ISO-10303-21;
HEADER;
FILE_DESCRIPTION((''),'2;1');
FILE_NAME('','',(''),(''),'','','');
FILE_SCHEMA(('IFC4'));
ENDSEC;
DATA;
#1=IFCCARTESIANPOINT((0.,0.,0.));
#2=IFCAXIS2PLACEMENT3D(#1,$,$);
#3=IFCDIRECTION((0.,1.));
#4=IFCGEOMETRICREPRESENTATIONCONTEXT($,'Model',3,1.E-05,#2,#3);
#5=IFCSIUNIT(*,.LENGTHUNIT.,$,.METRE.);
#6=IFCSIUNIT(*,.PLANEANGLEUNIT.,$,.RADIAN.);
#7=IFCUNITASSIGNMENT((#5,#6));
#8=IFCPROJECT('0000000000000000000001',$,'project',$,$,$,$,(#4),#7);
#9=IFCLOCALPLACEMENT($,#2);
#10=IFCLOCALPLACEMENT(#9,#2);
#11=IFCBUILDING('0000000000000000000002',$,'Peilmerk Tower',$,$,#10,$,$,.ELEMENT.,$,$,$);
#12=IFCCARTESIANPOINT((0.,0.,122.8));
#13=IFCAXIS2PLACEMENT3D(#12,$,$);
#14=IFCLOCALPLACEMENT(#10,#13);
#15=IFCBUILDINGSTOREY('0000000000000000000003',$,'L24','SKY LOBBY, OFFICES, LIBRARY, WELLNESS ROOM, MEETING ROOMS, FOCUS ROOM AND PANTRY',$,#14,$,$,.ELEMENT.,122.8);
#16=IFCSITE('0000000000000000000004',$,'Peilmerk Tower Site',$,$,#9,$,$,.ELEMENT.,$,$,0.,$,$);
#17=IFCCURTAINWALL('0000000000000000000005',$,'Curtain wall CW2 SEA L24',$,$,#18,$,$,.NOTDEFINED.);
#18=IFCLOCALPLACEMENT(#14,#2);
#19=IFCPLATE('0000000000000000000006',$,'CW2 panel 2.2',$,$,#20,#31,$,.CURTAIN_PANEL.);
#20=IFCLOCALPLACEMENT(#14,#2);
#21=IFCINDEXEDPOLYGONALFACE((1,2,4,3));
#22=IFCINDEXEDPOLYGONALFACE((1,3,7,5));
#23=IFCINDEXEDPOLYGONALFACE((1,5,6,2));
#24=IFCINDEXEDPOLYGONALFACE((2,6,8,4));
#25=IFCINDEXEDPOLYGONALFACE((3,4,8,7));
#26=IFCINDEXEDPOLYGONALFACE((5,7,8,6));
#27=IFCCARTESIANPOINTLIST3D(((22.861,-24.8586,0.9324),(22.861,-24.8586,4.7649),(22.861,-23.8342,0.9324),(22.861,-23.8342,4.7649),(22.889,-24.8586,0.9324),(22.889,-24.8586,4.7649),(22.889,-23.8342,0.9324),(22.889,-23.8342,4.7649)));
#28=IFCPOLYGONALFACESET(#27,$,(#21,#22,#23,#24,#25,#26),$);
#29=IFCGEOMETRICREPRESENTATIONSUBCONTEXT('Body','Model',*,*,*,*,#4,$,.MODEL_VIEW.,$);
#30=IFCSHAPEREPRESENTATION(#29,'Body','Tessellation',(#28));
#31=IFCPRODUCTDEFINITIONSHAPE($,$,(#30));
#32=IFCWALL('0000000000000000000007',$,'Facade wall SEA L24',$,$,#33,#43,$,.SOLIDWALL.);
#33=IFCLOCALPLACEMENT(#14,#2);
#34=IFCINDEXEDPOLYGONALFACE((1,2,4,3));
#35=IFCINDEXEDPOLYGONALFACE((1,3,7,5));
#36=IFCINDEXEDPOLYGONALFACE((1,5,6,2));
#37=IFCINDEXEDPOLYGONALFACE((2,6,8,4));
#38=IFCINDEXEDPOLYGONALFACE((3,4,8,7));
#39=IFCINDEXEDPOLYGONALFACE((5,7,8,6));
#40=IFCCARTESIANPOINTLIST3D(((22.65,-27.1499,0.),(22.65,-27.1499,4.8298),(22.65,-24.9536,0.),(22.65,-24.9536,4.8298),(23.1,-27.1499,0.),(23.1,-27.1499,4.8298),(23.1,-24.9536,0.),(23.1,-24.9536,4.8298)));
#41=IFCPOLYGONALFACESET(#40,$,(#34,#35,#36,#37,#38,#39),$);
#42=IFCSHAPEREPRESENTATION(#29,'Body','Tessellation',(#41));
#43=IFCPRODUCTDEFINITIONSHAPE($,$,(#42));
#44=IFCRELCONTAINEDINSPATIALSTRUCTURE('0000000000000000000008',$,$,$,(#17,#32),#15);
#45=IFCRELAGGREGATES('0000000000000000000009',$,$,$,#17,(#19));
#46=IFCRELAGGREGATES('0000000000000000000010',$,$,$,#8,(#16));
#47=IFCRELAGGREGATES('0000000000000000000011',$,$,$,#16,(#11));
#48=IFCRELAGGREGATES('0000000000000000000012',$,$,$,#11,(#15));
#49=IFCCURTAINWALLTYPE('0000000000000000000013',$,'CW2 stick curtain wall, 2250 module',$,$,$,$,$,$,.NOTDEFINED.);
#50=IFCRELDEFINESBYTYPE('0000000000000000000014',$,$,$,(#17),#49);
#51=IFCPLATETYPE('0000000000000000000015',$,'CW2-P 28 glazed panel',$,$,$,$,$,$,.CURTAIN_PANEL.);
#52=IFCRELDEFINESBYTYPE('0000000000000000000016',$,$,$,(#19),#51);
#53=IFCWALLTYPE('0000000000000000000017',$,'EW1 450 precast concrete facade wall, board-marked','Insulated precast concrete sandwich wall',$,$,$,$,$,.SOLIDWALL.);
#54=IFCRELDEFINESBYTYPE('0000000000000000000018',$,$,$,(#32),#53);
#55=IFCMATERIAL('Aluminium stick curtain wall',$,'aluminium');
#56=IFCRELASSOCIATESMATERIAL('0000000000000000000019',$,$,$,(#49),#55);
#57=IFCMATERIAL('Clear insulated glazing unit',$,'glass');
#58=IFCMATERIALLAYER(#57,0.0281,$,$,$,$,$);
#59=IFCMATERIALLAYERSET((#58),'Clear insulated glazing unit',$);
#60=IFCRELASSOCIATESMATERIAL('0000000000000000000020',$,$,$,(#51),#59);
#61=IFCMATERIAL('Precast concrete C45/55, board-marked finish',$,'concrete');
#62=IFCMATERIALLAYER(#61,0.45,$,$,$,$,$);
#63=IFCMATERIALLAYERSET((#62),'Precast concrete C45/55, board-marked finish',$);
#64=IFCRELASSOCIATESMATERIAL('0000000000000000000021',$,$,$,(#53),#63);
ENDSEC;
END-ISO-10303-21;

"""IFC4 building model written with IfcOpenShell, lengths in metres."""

from ifc_helpers import new_model, si_unit, direction, frame, frame_2d, origin, origin_2d, place, context, subcontext, project, spatial, rectangle, extrude, material, layer, layer_set, type_object, element, aggregate, save


model = new_model("IFC4")

# Units and contexts
model_context = context("Model", 3, precision=1e-05, world=origin(), true_north=direction((0.0, 1.0)))
body_context = subcontext(model_context, "Body", "Model", "MODEL_VIEW")
ifc_project = project(units=[si_unit("LENGTHUNIT", "METRE"), si_unit("PLANEANGLEUNIT", "RADIAN")], contexts=[model_context])

# Site, building, storey
site_placement = place(None, origin())
site = spatial("IfcSite", under=ifc_project, at=site_placement, Name="Peilmerk Tower Site", CompositionType="ELEMENT", RefElevation=0.0)
building_placement = place(site_placement, origin())
building = spatial("IfcBuilding", under=site, at=building_placement, Name="Peilmerk Tower", CompositionType="ELEMENT")
storey_placement = place(building_placement, frame((0.0, 0.0, 122.8)))
storey = spatial("IfcBuildingStorey", under=building, at=storey_placement, Name="L24", Description="SKY LOBBY, OFFICES, LIBRARY, WELLNESS ROOM, MEETING ROOMS, FOCUS ROOM AND PANTRY", CompositionType="ELEMENT", Elevation=122.8)

# Curtain wall, plate
ifc_material_1 = material(Name="Aluminium stick curtain wall", Category="aluminium")
curtain_wall_type = type_object("IfcCurtainWallType", Name="CW2 stick curtain wall, 2250 module", PredefinedType="NOTDEFINED", material=ifc_material_1)
curtain_wall_placement = place(storey_placement, origin())
curtain_wall = element("IfcCurtainWall", 1, at=curtain_wall_placement, inside=storey, type_object=curtain_wall_type, Name="Curtain wall CW2 SEA L24", PredefinedType="NOTDEFINED")
ifc_material_2 = material(Name="Clear insulated glazing unit", Category="glass")
ifc_layer_1 = layer(ifc_material_2, 0.0281)
ifc_layer_set_1 = layer_set([ifc_layer_1], Name="Clear insulated glazing unit")
plate_type = type_object("IfcPlateType", Name="CW2-P 28 glazed panel", PredefinedType="CURTAIN_PANEL", material=ifc_layer_set_1)
plate_1_placement = place(storey_placement, frame((22.875, -24.3464, 0.9324), z_axis=(0.0, 0.0, 1.0), x_axis=(0.0, -1.0, 0.0)))
plate_1 = element("IfcPlate", 2, at=plate_1_placement, type_object=plate_type, Name="CW2 panel 2.2", PredefinedType="CURTAIN_PANEL", context=body_context, shape_type="SweptSolid", body=[
    extrude(rectangle(XDim=1.0244, YDim=0.0281, at=origin_2d()), origin(), (0.0, 0.0, 1.0), 3.8325),
])
aggregate(curtain_wall, [plate_1])

# Wall
ifc_material_3 = material(Name="Precast concrete C45/55, board-marked finish", Category="concrete")
ifc_layer_2 = layer(ifc_material_3, 0.45)
ifc_layer_set_2 = layer_set([ifc_layer_2], Name="Precast concrete C45/55, board-marked finish")
wall_type = type_object("IfcWallType", Name="EW1 450 precast concrete facade wall, board-marked", Description="Insulated precast concrete sandwich wall", PredefinedType="SOLIDWALL", material=ifc_layer_set_2)
wall_placement = place(storey_placement, frame((22.875, -24.9536, 0.0), z_axis=(0.0, 0.0, 1.0), x_axis=(0.0, -1.0, 0.0)))
element("IfcWall", 3, at=wall_placement, inside=storey, type_object=wall_type, Name="Facade wall SEA L24", PredefinedType="SOLIDWALL", context=body_context, shape_type="SweptSolid", body=[
    extrude(rectangle(XDim=2.1963, YDim=0.45, at=frame_2d((1.0981, 0.0))), origin(), (0.0, 0.0, 1.0), 4.8298),
])

save(model, "model.ifc")
